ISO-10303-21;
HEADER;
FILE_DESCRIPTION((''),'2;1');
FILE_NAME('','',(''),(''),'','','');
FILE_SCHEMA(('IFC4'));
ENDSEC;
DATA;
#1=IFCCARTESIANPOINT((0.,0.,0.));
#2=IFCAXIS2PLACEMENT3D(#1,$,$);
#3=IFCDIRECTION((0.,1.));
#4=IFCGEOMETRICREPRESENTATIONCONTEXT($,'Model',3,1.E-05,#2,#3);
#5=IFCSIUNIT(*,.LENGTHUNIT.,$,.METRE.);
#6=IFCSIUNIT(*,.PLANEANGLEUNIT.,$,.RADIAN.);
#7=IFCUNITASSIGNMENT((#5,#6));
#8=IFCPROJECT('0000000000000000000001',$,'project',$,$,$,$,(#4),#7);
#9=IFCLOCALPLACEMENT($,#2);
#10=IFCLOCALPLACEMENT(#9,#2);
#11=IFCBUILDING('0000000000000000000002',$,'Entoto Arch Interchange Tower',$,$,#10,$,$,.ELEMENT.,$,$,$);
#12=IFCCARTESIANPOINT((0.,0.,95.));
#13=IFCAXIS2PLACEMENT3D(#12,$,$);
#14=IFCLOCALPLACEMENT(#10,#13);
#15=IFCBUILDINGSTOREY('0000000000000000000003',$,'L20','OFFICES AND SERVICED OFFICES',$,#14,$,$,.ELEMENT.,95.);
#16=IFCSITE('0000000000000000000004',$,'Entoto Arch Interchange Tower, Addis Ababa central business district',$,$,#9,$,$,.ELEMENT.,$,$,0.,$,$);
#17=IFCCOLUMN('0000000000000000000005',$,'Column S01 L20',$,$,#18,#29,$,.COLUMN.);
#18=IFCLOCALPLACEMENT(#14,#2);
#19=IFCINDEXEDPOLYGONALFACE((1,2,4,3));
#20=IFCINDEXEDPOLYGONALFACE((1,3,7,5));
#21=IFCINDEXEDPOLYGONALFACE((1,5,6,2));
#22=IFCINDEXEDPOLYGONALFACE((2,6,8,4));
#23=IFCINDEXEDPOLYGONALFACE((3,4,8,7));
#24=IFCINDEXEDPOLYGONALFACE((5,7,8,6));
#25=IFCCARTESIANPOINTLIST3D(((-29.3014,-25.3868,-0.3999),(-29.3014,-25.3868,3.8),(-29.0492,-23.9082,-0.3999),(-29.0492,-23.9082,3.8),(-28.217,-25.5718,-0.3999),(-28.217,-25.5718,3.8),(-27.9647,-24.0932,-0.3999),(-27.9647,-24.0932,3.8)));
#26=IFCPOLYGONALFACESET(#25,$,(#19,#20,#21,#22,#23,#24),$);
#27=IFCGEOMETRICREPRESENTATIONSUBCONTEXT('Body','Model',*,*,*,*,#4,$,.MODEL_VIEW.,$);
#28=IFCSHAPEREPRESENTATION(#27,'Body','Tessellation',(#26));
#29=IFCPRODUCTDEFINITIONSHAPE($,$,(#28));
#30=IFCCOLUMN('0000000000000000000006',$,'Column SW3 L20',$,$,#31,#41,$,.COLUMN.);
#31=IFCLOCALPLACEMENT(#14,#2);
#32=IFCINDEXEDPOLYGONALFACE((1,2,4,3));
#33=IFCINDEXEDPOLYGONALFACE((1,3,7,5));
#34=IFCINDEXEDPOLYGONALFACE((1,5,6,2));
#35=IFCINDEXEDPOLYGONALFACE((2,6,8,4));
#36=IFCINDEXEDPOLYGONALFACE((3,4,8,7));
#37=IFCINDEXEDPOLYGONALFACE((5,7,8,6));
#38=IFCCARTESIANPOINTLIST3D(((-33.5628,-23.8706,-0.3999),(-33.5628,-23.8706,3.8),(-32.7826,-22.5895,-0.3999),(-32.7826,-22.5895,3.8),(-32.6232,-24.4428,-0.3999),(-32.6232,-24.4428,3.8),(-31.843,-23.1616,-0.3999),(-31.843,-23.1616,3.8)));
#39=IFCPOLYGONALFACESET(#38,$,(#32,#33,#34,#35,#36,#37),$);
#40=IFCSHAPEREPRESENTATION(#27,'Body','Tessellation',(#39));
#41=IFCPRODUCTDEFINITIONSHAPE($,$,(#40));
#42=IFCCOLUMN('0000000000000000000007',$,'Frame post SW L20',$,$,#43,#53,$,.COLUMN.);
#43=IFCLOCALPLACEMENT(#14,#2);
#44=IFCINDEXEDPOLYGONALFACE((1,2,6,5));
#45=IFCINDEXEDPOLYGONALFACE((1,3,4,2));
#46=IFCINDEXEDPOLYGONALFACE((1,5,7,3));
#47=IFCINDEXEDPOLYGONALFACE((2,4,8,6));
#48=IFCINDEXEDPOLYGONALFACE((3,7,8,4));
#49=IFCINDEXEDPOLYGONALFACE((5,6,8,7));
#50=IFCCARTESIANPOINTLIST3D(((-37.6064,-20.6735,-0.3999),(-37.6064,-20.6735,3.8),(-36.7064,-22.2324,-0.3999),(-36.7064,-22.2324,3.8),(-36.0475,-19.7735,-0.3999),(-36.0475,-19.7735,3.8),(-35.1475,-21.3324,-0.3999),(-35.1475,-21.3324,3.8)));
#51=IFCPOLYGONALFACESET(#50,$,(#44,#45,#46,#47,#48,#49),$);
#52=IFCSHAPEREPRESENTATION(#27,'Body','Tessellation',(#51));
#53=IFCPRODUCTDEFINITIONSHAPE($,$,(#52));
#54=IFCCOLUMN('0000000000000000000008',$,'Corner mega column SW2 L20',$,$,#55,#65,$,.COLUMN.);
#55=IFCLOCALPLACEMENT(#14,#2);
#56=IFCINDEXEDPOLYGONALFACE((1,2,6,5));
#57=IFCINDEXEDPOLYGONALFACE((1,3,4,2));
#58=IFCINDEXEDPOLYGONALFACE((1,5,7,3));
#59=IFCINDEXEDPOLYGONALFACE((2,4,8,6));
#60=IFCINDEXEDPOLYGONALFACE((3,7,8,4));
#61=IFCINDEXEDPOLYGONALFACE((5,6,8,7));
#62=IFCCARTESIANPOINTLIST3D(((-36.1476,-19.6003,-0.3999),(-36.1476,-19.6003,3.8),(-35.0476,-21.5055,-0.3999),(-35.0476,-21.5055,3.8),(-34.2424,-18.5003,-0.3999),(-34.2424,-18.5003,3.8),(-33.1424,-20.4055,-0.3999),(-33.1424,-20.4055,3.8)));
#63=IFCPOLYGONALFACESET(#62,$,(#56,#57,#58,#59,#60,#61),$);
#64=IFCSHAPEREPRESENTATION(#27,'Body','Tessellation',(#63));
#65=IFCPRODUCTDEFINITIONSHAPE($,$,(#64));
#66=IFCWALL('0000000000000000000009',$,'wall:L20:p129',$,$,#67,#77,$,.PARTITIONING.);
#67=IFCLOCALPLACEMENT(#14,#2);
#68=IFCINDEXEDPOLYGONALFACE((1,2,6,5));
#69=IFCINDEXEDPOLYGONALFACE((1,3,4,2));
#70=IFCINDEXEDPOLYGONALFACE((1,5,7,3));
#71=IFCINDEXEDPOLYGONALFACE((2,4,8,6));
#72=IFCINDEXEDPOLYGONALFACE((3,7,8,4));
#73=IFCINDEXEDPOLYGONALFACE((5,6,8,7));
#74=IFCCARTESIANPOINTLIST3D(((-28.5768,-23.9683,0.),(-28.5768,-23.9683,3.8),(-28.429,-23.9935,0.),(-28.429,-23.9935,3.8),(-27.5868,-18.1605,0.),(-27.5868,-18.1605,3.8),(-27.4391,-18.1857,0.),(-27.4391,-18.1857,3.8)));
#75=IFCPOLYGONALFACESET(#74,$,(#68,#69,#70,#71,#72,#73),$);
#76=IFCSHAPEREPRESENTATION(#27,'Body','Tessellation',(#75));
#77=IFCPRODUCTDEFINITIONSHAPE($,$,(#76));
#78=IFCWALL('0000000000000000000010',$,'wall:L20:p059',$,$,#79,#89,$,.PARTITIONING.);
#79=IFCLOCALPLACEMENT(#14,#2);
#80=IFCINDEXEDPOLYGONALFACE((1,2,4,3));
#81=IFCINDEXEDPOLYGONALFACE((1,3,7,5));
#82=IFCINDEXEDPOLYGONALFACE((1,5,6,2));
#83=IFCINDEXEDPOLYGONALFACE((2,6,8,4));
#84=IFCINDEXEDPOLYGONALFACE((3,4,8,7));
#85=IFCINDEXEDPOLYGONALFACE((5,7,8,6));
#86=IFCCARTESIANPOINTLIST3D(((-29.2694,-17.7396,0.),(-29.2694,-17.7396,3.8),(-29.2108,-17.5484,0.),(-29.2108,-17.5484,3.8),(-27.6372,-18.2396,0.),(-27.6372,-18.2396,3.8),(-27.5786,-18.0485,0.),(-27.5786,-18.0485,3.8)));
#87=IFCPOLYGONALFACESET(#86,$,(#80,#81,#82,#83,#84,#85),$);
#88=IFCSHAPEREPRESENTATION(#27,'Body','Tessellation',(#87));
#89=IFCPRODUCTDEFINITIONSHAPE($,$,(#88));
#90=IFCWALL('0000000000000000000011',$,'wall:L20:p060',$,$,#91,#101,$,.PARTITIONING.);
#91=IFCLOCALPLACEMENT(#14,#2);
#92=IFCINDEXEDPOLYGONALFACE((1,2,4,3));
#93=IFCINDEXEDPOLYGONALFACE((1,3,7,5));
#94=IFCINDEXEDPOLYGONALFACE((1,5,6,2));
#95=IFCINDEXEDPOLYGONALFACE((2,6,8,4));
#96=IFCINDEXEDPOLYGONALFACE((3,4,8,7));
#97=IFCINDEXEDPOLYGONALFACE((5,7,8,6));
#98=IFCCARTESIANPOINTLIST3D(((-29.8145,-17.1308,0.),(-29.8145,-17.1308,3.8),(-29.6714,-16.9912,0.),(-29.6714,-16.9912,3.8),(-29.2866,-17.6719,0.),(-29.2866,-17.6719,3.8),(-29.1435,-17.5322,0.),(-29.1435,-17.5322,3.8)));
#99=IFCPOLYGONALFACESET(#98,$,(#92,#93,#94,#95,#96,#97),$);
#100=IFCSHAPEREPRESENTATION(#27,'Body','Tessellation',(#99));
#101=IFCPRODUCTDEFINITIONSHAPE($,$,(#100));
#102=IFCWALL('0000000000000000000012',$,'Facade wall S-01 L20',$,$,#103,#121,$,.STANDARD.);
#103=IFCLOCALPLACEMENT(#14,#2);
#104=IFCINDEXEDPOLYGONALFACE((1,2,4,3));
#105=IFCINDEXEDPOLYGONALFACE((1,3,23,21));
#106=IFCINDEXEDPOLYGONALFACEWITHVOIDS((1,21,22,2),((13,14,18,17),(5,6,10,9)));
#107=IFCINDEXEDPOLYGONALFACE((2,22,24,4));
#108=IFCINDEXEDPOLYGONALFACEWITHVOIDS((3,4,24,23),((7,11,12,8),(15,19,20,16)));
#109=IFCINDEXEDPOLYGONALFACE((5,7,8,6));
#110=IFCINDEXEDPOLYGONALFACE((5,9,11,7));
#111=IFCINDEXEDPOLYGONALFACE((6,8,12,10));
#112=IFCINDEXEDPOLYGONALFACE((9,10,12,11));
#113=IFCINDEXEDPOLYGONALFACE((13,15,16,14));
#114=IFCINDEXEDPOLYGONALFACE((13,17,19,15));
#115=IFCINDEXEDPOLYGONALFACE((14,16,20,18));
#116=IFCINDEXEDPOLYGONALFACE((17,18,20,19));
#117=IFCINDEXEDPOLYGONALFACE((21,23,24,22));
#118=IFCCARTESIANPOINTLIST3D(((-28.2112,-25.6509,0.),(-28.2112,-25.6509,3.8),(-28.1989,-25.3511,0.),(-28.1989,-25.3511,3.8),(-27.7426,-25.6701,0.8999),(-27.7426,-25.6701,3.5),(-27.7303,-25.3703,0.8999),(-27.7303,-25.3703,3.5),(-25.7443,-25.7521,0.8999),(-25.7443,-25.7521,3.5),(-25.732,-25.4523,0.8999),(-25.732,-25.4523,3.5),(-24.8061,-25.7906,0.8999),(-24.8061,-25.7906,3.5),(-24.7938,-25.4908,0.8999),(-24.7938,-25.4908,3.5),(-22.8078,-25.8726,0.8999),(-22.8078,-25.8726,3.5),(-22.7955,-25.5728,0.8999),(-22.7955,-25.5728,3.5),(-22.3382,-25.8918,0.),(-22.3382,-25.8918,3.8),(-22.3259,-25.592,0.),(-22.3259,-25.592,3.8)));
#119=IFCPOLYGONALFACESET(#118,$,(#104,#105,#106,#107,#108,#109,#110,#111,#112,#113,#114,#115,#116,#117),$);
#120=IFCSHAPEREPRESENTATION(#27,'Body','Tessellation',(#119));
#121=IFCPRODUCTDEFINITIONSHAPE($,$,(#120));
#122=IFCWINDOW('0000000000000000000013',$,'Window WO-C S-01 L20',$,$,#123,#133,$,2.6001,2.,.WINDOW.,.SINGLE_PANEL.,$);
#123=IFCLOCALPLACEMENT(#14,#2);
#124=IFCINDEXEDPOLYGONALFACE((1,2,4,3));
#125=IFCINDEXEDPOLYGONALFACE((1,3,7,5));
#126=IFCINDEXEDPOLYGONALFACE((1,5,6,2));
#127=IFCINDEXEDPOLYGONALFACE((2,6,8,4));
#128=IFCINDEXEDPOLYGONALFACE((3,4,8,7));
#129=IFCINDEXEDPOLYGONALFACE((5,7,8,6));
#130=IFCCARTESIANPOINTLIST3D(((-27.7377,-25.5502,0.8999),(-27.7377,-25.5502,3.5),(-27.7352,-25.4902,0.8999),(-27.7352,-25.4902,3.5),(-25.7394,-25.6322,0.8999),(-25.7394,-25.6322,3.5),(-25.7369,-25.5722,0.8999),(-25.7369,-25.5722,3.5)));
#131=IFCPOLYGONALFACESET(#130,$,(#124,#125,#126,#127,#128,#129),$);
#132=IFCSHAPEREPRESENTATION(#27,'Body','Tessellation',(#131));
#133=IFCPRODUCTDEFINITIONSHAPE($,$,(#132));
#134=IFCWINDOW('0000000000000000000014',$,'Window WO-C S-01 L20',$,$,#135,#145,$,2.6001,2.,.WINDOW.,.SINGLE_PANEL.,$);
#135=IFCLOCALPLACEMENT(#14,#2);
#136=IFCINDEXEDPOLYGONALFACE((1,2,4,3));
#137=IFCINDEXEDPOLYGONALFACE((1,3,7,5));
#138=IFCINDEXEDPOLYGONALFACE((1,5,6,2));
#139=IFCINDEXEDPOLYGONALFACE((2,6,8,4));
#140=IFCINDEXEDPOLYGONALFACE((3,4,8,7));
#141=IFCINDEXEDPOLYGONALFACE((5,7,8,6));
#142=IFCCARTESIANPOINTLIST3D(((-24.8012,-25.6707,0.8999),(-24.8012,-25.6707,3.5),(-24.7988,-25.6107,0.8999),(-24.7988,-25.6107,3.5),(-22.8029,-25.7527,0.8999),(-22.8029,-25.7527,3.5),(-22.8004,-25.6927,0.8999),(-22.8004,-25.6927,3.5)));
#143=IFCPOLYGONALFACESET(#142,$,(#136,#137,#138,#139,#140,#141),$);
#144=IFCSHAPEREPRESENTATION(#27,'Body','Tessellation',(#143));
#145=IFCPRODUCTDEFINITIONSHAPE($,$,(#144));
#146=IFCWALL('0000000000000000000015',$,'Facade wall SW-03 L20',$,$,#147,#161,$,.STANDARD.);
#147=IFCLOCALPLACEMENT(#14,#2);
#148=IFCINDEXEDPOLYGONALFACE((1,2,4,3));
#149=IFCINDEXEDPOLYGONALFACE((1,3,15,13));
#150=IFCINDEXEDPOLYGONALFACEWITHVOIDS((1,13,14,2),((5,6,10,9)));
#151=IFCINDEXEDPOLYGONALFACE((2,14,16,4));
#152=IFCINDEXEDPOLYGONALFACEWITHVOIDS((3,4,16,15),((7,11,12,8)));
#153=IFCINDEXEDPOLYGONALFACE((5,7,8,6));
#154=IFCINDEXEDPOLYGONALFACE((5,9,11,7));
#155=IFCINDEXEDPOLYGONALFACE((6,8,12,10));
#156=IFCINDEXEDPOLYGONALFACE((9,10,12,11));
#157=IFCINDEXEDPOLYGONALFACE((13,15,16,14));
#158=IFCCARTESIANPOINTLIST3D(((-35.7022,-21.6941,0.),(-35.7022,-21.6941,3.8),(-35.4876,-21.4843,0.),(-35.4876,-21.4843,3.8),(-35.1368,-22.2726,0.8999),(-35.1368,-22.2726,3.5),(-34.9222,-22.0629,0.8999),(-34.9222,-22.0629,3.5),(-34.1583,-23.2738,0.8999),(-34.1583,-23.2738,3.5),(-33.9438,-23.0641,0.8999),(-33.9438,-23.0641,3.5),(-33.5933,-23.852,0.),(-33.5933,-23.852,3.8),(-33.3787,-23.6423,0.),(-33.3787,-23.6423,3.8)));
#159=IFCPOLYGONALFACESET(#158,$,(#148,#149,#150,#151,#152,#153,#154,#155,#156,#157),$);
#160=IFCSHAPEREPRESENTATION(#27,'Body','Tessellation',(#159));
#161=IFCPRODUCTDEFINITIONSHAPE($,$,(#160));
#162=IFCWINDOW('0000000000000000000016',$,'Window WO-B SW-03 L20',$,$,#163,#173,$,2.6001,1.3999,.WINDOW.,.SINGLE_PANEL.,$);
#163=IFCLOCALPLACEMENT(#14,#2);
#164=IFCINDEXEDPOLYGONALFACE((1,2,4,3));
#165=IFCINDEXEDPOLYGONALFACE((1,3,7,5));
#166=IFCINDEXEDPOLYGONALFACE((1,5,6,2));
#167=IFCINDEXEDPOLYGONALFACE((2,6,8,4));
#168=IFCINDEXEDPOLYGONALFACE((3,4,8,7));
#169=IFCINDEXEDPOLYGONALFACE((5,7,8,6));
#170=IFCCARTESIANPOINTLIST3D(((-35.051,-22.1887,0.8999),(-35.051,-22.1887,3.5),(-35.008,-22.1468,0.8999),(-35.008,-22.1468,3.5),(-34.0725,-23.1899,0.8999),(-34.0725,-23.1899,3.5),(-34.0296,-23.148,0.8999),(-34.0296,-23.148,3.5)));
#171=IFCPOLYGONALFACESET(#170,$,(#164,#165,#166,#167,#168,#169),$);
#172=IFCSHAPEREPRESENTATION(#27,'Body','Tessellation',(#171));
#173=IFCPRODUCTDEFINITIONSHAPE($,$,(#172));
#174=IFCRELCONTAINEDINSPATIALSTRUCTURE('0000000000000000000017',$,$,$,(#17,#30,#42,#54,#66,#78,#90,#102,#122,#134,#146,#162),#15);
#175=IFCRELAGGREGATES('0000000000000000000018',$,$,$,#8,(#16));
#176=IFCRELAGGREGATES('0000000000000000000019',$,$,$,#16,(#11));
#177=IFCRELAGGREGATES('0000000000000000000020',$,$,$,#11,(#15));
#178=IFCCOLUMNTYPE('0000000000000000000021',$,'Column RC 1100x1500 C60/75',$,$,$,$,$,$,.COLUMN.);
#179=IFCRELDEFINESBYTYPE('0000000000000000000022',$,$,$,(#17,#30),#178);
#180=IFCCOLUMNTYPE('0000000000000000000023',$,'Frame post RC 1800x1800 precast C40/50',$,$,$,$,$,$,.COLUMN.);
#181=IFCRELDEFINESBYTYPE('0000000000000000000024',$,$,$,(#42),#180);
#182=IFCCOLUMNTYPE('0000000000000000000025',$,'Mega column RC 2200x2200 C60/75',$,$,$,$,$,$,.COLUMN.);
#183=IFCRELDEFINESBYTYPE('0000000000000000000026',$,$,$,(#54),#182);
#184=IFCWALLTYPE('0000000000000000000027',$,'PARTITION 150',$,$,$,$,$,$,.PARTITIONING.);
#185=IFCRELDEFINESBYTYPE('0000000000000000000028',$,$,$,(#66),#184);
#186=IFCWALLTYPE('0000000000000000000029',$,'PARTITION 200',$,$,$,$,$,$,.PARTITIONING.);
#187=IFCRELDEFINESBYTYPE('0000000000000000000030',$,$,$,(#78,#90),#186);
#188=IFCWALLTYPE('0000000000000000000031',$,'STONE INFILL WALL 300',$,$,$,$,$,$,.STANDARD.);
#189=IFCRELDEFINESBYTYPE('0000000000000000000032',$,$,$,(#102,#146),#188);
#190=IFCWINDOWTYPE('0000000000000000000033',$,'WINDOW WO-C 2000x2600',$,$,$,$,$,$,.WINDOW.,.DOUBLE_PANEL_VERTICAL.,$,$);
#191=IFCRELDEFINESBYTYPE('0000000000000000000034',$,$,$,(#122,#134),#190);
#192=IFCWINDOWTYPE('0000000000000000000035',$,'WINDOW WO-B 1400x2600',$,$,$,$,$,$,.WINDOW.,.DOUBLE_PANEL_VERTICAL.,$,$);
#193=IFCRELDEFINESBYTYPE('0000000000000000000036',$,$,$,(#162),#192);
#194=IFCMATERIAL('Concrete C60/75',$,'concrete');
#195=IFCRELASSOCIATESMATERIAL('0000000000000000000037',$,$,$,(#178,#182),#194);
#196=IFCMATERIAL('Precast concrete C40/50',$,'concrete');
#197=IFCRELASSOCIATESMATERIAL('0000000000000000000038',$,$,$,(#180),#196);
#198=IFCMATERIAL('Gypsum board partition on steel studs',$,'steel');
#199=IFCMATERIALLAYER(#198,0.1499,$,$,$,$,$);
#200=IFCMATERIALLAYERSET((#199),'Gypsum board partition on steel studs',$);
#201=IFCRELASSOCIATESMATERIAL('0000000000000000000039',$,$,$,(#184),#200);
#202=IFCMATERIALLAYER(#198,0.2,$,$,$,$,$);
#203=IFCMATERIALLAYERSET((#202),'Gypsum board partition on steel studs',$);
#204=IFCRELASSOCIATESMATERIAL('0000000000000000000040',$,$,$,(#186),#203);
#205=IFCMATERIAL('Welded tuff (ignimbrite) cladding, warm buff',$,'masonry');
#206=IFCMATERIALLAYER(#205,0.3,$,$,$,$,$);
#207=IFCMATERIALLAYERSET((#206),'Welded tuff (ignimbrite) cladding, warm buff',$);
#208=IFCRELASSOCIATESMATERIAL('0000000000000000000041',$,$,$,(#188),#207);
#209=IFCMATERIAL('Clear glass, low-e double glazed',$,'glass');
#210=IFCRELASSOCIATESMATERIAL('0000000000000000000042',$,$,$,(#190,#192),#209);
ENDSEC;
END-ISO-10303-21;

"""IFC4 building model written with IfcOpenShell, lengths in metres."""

from ifc_helpers import new_model, si_unit, direction, frame, frame_2d, origin, origin_2d, place, context, subcontext, project, spatial, rectangle, extrude, material, layer, layer_set, material_profile, profile_set, type_object, element, fill, save


model = new_model("IFC4")

# Units and contexts
model_context = context("Model", 3, precision=1e-05, world=origin(), true_north=direction((0.0, 1.0)))
body_context = subcontext(model_context, "Body", "Model", "MODEL_VIEW")
ifc_project = project(units=[si_unit("LENGTHUNIT", "METRE"), si_unit("PLANEANGLEUNIT", "RADIAN")], contexts=[model_context])

# Site, building, storey
site_placement = place(None, origin())
site = spatial("IfcSite", under=ifc_project, at=site_placement, Name="Entoto Arch Interchange Tower, Addis Ababa central business district", CompositionType="ELEMENT", RefElevation=0.0)
building_placement = place(site_placement, origin())
building = spatial("IfcBuilding", under=site, at=building_placement, Name="Entoto Arch Interchange Tower", CompositionType="ELEMENT")
storey_placement = place(building_placement, frame((0.0, 0.0, 95.0)))
storey = spatial("IfcBuildingStorey", under=building, at=storey_placement, Name="L20", Description="OFFICES AND SERVICED OFFICES", CompositionType="ELEMENT", Elevation=95.0)

# Columns
ifc_material_1 = material(Name="Concrete C60/75", Category="concrete")
ifc_material_profile_1 = material_profile(ifc_material_1, rectangle(XDim=1.1001, YDim=1.5, at=origin_2d()))
ifc_profile_set_1 = profile_set([ifc_material_profile_1], Name="Concrete C60/75")
column_type_1 = type_object("IfcColumnType", Name="Column RC 1100x1500 C60/75", PredefinedType="COLUMN", material=ifc_profile_set_1)
for number, where, z_axis, x_axis, name in (
    (1, (-28.6331, -24.74, -0.3999), (0.0, 0.0, 1.0), (-0.985759, 0.168162, 0.0), "Column S01 L20"),
    (2, (-32.7029, -23.5161, -0.3999), (0.0, 0.0, 1.0), (-0.854096, 0.520116, 0.0), "Column SW3 L20"),
):
    element("IfcColumn", number, at=place(storey_placement, frame(where, z_axis=z_axis, x_axis=x_axis)), inside=storey, type_object=column_type_1, Name=name, PredefinedType="COLUMN", context=body_context, shape_type="SweptSolid", body=[
        extrude(rectangle(XDim=1.1001, YDim=1.5, at=origin_2d()), origin(), (0.0, 0.0, 1.0), 4.2),
    ])
ifc_material_2 = material(Name="Precast concrete C40/50", Category="concrete")
ifc_material_profile_2 = material_profile(ifc_material_2, rectangle(XDim=1.8, YDim=1.8, at=origin_2d()))
ifc_profile_set_2 = profile_set([ifc_material_profile_2], Name="Precast concrete C40/50")
column_type_2 = type_object("IfcColumnType", Name="Frame post RC 1800x1800 precast C40/50", PredefinedType="COLUMN", material=ifc_profile_set_2)
column_1_placement = place(storey_placement, frame((-36.377, -21.0029, -0.3999), z_axis=(0.0, 0.0, 1.0), x_axis=(0.866025, 0.5, 0.0)))
element("IfcColumn", 3, at=column_1_placement, inside=storey, type_object=column_type_2, Name="Frame post SW L20", PredefinedType="COLUMN", context=body_context, shape_type="SweptSolid", body=[
    extrude(rectangle(XDim=1.8, YDim=1.8, at=origin_2d()), origin(), (0.0, 0.0, 1.0), 4.2),
])
ifc_material_profile_3 = material_profile(ifc_material_1, rectangle(XDim=2.2, YDim=2.2, at=origin_2d()))
ifc_profile_set_3 = profile_set([ifc_material_profile_3], Name="Concrete C60/75")
column_type_3 = type_object("IfcColumnType", Name="Mega column RC 2200x2200 C60/75", PredefinedType="COLUMN", material=ifc_profile_set_3)
column_2_placement = place(storey_placement, frame((-34.645, -20.0029, -0.3999), z_axis=(0.0, 0.0, 1.0), x_axis=(0.866025, 0.5, 0.0)))
element("IfcColumn", 4, at=column_2_placement, inside=storey, type_object=column_type_3, Name="Corner mega column SW2 L20", PredefinedType="COLUMN", context=body_context, shape_type="SweptSolid", body=[
    extrude(rectangle(XDim=2.2, YDim=2.2, at=origin_2d()), origin(), (0.0, 0.0, 1.0), 4.2),
])

# Walls
ifc_material_3 = material(Name="Gypsum board partition on steel studs", Category="steel")
ifc_layer_1 = layer(ifc_material_3, 0.1499)
ifc_layer_set_1 = layer_set([ifc_layer_1], Name="Gypsum board partition on steel studs")
wall_type_1 = type_object("IfcWallType", Name="PARTITION 150", PredefinedType="PARTITIONING", material=ifc_layer_set_1)
wall_1_placement = place(storey_placement, frame((-27.5129, -18.1731, 0.0), z_axis=(0.0, 0.0, 1.0), x_axis=(-0.168033, -0.985781, 0.0)))
element("IfcWall", 5, at=wall_1_placement, inside=storey, type_object=wall_type_1, Name="wall:L20:p129", PredefinedType="PARTITIONING", context=body_context, shape_type="SweptSolid", body=[
    extrude(rectangle(XDim=5.8916, YDim=0.1499, at=frame_2d((2.9458, 0.0))), origin(), (0.0, 0.0, 1.0), 3.8),
])
ifc_layer_2 = layer(ifc_material_3, 0.2)
ifc_layer_set_2 = layer_set([ifc_layer_2], Name="Gypsum board partition on steel studs")
wall_type_2 = type_object("IfcWallType", Name="PARTITION 200", PredefinedType="PARTITIONING", material=ifc_layer_set_2)
wall_2_placement = place(storey_placement, frame((-27.6079, -18.144, 0.0), z_axis=(0.0, 0.0, 1.0), x_axis=(-0.956137, 0.29292, 0.0)))
element("IfcWall", 6, at=wall_2_placement, inside=storey, type_object=wall_type_2, Name="wall:L20:p059", PredefinedType="PARTITIONING", context=body_context, shape_type="SweptSolid", body=[
    extrude(rectangle(XDim=1.707, YDim=0.2, at=frame_2d((0.8535, 0.0))), origin(), (0.0, 0.0, 1.0), 3.8),
])
wall_3_placement = place(storey_placement, frame((-29.2151, -17.6021, 0.0), z_axis=(0.0, 0.0, 1.0), x_axis=(-0.698332, 0.715774, 0.0)))
element("IfcWall", 7, at=wall_3_placement, inside=storey, type_object=wall_type_2, Name="wall:L20:p060", PredefinedType="PARTITIONING", context=body_context, shape_type="SweptSolid", body=[
    extrude(rectangle(XDim=0.7559, YDim=0.2, at=frame_2d((0.3779, 0.0))), origin(), (0.0, 0.0, 1.0), 3.8),
])

# Wall, openings, windows
ifc_material_4 = material(Name="Welded tuff (ignimbrite) cladding, warm buff", Category="masonry")
ifc_layer_3 = layer(ifc_material_4, 0.3)
ifc_layer_set_3 = layer_set([ifc_layer_3], Name="Welded tuff (ignimbrite) cladding, warm buff")
wall_type_3 = type_object("IfcWallType", Name="STONE INFILL WALL 300", PredefinedType="STANDARD", material=ifc_layer_set_3)
wall_4_placement = place(storey_placement, frame((-28.2051, -25.501, 0.0), z_axis=(0.0, 0.0, 1.0), x_axis=(0.999159, -0.040995, 0.0)))
wall_4 = element("IfcWall", 8, at=wall_4_placement, inside=storey, type_object=wall_type_3, Name="Facade wall S-01 L20", PredefinedType="STANDARD", context=body_context, shape_type="SweptSolid", body=[
    extrude(rectangle(XDim=5.8779, YDim=0.3, at=frame_2d((2.939, 0.0))), origin(), (0.0, 0.0, 1.0), 3.8),
])
opening_1_placement = place(wall_4_placement, frame((0.469, 0.0, 0.8999)))
opening_1 = element("IfcOpeningElement", 9, at=opening_1_placement, cuts=wall_4, PredefinedType="OPENING", context=body_context, shape_type="SweptSolid", body=[
    extrude(rectangle(XDim=2.0, YDim=2.6001, at=frame_2d((1.0, 1.3))), frame((0.0, 0.1602, 0.0), z_axis=(0.0, -1.0, 0.0), x_axis=(1.0, 0.0, 0.0)), (0.0, 0.0, 1.0), 0.3201),
])
opening_2_placement = place(wall_4_placement, frame((3.408, 0.0, 0.8999)))
opening_2 = element("IfcOpeningElement", 10, at=opening_2_placement, cuts=wall_4, PredefinedType="OPENING", context=body_context, shape_type="SweptSolid", body=[
    extrude(rectangle(XDim=2.0, YDim=2.6001, at=frame_2d((1.0, 1.3))), frame((0.0, 0.1602, 0.0), z_axis=(0.0, -1.0, 0.0), x_axis=(1.0, 0.0, 0.0)), (0.0, 0.0, 1.0), 0.3201),
])
ifc_material_5 = material(Name="Clear glass, low-e double glazed", Category="glass")
window_type_1 = type_object("IfcWindowType", Name="WINDOW WO-C 2000x2600", PartitioningType="DOUBLE_PANEL_VERTICAL", PredefinedType="WINDOW", material=ifc_material_5)
window_1_placement = place(opening_1_placement, origin())
window_1 = element("IfcWindow", 11, at=window_1_placement, inside=storey, type_object=window_type_1, Name="Window WO-C S-01 L20", OverallHeight=2.6001, OverallWidth=2.0, PartitioningType="SINGLE_PANEL", PredefinedType="WINDOW", context=body_context, shape_type="SweptSolid", body=[
    extrude(rectangle(XDim=2.0, YDim=2.6001, at=frame_2d((1.0, 1.3))), frame((0.0, 0.03, 0.0), z_axis=(0.0, -1.0, 0.0), x_axis=(1.0, 0.0, 0.0)), (0.0, 0.0, 1.0), 0.0601),
])
fill(opening_1, window_1)
window_2_placement = place(opening_2_placement, origin())
window_2 = element("IfcWindow", 12, at=window_2_placement, inside=storey, type_object=window_type_1, Name="Window WO-C S-01 L20", OverallHeight=2.6001, OverallWidth=2.0, PartitioningType="SINGLE_PANEL", PredefinedType="WINDOW", context=body_context, shape_type="SweptSolid", body=[
    extrude(rectangle(XDim=2.0, YDim=2.6001, at=frame_2d((1.0, 1.3))), frame((0.0, 0.03, 0.0), z_axis=(0.0, -1.0, 0.0), x_axis=(1.0, 0.0, 0.0)), (0.0, 0.0, 1.0), 0.0601),
])
fill(opening_2, window_2)

# Wall, opening, window
wall_5_placement = place(storey_placement, frame((-35.595, -21.5891, 0.0), z_axis=(0.0, 0.0, 1.0), x_axis=(0.698928, -0.715192, 0.0)))
wall_5 = element("IfcWall", 13, at=wall_5_placement, inside=storey, type_object=wall_type_3, Name="Facade wall SW-03 L20", PredefinedType="STANDARD", context=body_context, shape_type="SweptSolid", body=[
    extrude(rectangle(XDim=3.0173, YDim=0.3, at=frame_2d((1.5088, 0.0))), origin(), (0.0, 0.0, 1.0), 3.8),
])
opening_3_placement = place(wall_5_placement, frame((0.8091, 0.0, 0.8999)))
opening_3 = element("IfcOpeningElement", 14, at=opening_3_placement, cuts=wall_5, PredefinedType="OPENING", context=body_context, shape_type="SweptSolid", body=[
    extrude(rectangle(XDim=1.3999, YDim=2.6001, at=frame_2d((0.7, 1.3))), frame((0.0, 0.1602, 0.0), z_axis=(0.0, -1.0, 0.0), x_axis=(1.0, 0.0, 0.0)), (0.0, 0.0, 1.0), 0.3201),
])
window_type_2 = type_object("IfcWindowType", Name="WINDOW WO-B 1400x2600", PartitioningType="DOUBLE_PANEL_VERTICAL", PredefinedType="WINDOW", material=ifc_material_5)
window_3_placement = place(opening_3_placement, origin())
window_3 = element("IfcWindow", 15, at=window_3_placement, inside=storey, type_object=window_type_2, Name="Window WO-B SW-03 L20", OverallHeight=2.6001, OverallWidth=1.3999, PartitioningType="SINGLE_PANEL", PredefinedType="WINDOW", context=body_context, shape_type="SweptSolid", body=[
    extrude(rectangle(XDim=1.3999, YDim=2.6001, at=frame_2d((0.7, 1.3))), frame((0.0, 0.03, 0.0), z_axis=(0.0, -1.0, 0.0), x_axis=(1.0, 0.0, 0.0)), (0.0, 0.0, 1.0), 0.0601),
])
fill(opening_3, window_3)

save(model, "model.ifc")
